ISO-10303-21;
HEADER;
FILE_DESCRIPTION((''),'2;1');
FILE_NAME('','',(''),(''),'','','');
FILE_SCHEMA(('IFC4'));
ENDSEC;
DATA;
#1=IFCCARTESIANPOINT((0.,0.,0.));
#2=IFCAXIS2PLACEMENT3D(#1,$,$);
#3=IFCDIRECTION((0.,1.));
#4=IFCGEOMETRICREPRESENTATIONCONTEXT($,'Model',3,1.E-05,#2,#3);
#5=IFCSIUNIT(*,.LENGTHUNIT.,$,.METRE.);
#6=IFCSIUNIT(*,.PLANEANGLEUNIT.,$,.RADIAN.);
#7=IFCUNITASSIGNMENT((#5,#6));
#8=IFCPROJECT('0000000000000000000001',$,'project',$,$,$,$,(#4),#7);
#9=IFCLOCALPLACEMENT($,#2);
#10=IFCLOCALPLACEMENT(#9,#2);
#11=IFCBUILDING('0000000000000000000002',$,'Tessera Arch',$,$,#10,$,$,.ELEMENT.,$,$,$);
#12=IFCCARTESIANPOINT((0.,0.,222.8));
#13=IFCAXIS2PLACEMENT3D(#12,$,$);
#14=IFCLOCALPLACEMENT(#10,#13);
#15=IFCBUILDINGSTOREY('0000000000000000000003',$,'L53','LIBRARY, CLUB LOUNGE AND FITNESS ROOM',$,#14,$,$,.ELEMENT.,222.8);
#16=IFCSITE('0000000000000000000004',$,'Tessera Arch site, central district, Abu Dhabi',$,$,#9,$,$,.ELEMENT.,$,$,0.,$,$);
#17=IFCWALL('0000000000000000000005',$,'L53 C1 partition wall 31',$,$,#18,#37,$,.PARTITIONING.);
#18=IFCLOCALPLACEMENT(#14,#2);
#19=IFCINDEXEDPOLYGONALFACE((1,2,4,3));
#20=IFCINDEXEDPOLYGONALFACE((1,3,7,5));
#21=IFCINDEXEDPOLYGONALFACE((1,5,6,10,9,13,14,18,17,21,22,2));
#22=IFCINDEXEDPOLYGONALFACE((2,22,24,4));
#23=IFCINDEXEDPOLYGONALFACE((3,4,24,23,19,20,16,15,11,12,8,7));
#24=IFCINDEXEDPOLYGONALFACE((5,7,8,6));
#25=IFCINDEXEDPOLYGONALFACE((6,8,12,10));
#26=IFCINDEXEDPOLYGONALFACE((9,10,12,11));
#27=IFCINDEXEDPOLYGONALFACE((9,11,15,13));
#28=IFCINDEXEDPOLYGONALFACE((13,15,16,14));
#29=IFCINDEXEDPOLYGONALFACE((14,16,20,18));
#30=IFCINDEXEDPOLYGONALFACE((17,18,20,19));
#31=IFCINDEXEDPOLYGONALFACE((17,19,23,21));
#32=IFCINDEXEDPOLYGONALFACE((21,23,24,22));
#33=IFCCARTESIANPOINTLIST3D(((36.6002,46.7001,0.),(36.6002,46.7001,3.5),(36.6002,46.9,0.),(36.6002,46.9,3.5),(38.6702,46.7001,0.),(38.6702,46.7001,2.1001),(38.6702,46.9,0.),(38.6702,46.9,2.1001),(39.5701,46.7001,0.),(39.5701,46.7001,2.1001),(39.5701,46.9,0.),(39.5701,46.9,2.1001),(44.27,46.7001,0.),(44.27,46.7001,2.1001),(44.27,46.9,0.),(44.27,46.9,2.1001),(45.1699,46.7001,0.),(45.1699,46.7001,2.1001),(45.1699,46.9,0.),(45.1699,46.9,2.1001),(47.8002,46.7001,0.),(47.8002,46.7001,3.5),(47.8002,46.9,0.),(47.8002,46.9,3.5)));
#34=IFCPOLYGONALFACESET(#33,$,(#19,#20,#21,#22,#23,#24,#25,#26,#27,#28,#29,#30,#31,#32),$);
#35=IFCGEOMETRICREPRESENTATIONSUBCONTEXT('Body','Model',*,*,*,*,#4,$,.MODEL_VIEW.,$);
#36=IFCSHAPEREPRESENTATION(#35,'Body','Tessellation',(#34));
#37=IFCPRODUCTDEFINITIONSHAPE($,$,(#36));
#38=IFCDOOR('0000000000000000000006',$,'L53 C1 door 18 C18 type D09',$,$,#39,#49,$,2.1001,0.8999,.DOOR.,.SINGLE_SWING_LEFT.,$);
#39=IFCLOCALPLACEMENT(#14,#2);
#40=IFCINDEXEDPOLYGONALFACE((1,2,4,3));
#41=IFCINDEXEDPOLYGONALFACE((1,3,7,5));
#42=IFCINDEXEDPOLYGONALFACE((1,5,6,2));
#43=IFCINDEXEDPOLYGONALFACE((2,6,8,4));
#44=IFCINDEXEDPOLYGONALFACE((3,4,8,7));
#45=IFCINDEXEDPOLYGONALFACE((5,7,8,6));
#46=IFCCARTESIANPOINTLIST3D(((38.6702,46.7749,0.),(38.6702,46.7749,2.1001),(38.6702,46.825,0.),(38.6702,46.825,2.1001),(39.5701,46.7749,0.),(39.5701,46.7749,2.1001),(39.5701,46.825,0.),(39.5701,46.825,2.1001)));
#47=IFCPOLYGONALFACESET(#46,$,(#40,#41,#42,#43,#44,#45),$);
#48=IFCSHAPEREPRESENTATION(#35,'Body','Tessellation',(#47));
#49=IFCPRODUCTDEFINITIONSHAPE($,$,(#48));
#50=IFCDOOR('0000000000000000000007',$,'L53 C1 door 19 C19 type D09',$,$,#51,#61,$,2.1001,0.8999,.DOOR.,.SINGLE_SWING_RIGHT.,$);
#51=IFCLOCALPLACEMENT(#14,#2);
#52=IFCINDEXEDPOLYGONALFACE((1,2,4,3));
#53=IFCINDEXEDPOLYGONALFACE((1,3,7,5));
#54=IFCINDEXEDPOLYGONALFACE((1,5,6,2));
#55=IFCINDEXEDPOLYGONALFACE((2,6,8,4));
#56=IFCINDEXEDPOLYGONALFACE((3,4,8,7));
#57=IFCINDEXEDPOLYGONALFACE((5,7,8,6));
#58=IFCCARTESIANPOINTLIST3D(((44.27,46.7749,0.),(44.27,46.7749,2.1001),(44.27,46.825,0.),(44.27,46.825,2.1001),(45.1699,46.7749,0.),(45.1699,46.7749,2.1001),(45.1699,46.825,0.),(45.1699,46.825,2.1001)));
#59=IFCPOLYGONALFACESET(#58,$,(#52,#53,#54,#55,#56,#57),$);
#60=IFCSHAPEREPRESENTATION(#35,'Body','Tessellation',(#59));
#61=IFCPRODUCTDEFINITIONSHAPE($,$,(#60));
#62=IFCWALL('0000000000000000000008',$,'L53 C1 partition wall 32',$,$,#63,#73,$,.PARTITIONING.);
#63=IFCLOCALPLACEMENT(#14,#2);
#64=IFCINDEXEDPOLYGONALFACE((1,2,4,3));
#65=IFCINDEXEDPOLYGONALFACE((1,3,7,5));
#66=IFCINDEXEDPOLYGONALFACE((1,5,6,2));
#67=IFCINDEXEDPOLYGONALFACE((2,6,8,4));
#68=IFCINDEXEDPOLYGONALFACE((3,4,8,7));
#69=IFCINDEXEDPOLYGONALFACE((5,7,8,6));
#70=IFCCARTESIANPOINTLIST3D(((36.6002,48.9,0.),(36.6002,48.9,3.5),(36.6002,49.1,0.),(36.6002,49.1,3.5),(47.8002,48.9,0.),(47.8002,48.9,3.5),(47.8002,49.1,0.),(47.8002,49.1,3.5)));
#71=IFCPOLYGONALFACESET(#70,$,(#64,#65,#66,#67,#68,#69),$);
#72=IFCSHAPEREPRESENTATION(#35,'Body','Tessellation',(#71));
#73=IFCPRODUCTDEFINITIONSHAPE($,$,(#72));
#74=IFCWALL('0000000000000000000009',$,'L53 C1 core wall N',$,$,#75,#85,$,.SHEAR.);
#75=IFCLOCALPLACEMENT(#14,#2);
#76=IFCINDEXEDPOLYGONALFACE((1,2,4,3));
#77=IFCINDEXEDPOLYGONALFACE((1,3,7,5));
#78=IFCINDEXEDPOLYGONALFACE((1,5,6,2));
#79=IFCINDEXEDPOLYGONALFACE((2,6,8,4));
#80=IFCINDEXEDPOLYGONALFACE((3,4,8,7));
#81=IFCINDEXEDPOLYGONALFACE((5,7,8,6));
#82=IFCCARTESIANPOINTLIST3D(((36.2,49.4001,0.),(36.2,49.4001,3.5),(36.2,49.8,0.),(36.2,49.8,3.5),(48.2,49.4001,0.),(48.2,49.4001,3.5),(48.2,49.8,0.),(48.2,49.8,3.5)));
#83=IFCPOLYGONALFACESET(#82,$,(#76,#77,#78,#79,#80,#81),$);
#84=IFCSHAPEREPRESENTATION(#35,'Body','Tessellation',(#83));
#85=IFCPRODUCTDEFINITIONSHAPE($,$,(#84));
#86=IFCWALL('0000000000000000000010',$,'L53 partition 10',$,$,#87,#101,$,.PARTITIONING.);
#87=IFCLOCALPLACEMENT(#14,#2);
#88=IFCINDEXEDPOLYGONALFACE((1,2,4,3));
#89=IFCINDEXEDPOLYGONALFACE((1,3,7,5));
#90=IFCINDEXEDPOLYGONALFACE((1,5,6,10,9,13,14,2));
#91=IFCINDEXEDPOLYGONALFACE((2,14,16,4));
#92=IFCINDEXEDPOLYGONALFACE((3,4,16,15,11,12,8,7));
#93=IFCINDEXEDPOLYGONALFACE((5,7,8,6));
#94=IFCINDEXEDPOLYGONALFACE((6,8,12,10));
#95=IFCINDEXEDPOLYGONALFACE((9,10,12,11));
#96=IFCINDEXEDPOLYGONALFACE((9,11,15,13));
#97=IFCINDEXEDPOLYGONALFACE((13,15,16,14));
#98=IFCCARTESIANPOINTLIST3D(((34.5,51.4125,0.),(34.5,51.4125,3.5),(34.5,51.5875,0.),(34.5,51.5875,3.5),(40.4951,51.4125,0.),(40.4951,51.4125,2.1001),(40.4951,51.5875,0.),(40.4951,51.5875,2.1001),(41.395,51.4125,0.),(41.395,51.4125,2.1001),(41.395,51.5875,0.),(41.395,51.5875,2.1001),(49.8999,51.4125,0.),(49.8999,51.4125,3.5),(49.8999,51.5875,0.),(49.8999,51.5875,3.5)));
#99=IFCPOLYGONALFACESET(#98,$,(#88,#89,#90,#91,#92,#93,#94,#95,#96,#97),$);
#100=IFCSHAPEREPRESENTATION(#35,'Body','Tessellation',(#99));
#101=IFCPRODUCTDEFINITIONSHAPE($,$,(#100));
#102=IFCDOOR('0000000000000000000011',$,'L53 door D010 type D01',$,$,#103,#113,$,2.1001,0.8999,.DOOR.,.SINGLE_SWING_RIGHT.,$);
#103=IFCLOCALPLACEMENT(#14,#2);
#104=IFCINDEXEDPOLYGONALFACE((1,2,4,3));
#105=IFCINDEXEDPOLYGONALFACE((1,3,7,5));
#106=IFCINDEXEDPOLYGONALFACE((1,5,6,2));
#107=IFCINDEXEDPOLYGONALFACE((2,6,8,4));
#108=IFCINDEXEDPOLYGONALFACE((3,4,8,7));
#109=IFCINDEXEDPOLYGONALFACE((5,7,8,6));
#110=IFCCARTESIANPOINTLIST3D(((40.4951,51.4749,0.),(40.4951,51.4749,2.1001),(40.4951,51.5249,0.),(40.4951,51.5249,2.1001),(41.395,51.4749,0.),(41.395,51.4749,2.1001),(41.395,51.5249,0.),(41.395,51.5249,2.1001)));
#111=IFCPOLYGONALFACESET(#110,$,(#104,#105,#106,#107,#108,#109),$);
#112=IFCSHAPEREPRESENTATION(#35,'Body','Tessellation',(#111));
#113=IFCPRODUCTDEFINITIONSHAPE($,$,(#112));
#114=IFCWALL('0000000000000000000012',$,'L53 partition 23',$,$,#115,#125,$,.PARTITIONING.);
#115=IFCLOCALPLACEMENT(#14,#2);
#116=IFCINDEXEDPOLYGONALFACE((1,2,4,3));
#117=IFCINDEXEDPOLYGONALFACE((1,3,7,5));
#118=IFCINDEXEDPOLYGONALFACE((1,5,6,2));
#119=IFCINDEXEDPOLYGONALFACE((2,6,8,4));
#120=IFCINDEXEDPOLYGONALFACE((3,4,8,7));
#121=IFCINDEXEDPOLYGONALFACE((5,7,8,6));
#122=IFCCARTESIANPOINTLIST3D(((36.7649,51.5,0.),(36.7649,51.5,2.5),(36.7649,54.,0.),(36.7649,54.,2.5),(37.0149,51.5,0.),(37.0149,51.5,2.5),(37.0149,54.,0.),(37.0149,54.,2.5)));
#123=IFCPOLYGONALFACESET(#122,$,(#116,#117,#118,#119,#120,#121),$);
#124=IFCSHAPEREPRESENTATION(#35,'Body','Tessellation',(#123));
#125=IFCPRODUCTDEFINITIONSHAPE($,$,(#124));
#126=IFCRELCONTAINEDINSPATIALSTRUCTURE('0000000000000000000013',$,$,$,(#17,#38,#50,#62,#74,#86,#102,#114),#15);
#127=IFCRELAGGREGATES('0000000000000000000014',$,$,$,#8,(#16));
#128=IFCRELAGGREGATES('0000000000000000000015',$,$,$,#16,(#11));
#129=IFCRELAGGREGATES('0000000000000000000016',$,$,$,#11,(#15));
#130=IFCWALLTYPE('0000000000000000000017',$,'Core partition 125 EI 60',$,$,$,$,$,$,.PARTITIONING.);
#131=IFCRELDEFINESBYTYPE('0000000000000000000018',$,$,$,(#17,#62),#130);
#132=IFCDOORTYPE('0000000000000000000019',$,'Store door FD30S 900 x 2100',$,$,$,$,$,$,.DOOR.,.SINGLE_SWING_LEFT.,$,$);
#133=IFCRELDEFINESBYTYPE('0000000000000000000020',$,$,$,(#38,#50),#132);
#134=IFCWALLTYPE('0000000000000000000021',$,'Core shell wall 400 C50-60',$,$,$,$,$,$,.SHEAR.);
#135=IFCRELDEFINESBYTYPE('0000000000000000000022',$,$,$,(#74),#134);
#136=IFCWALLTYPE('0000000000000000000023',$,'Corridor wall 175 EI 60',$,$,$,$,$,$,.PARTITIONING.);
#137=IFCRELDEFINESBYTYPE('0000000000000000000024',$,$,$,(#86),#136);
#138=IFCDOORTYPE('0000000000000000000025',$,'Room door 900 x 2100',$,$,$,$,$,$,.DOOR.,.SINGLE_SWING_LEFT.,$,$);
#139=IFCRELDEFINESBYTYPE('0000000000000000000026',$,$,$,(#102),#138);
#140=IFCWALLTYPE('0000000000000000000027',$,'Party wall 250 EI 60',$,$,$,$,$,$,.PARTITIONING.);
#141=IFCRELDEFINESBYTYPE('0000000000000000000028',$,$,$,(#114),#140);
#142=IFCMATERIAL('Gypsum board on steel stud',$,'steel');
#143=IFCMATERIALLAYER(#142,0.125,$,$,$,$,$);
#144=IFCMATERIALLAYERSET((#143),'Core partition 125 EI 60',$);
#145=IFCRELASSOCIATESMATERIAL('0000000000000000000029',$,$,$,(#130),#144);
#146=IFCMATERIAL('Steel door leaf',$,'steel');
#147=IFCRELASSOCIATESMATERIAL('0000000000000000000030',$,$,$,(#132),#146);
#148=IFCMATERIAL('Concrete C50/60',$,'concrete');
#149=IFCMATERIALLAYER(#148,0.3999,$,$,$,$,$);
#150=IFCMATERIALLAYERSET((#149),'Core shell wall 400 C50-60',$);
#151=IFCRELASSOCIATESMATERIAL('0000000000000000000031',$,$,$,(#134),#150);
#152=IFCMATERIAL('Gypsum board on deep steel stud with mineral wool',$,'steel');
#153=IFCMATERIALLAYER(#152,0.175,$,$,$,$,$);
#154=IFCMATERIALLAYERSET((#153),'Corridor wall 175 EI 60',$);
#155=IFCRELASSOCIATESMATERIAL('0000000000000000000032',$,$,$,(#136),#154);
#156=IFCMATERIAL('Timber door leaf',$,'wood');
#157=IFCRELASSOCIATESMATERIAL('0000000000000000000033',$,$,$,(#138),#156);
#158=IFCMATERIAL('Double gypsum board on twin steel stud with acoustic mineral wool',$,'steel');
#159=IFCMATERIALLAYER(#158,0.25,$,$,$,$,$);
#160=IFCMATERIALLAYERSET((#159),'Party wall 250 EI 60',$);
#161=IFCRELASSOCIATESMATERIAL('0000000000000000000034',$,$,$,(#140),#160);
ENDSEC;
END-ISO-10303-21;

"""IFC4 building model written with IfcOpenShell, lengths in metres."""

from ifc_helpers import new_model, si_unit, direction, frame, frame_2d, origin, place, context, subcontext, project, spatial, rectangle, extrude, material, layer, layer_set, type_object, element, fill, save


model = new_model("IFC4")

# Units and contexts
model_context = context("Model", 3, precision=1e-05, world=origin(), true_north=direction((0.0, 1.0)))
body_context = subcontext(model_context, "Body", "Model", "MODEL_VIEW")
ifc_project = project(units=[si_unit("LENGTHUNIT", "METRE"), si_unit("PLANEANGLEUNIT", "RADIAN")], contexts=[model_context])

# Site, building, storey
site_placement = place(None, origin())
site = spatial("IfcSite", under=ifc_project, at=site_placement, Name="Tessera Arch site, central district, Abu Dhabi", CompositionType="ELEMENT", RefElevation=0.0)
building_placement = place(site_placement, origin())
building = spatial("IfcBuilding", under=site, at=building_placement, Name="Tessera Arch", CompositionType="ELEMENT")
storey_placement = place(building_placement, frame((0.0, 0.0, 222.8)))
storey = spatial("IfcBuildingStorey", under=building, at=storey_placement, Name="L53", Description="LIBRARY, CLUB LOUNGE AND FITNESS ROOM", CompositionType="ELEMENT", Elevation=222.8)

# Wall, openings, doors
ifc_material_1 = material(Name="Gypsum board on steel stud", Category="steel")
ifc_layer_1 = layer(ifc_material_1, 0.125)
ifc_layer_set_1 = layer_set([ifc_layer_1], Name="Core partition 125 EI 60")
wall_type_1 = type_object("IfcWallType", Name="Core partition 125 EI 60", PredefinedType="PARTITIONING", material=ifc_layer_set_1)
wall_1_placement = place(storey_placement, frame((36.6001, 46.8, 0.0), z_axis=(0.0, 0.0, 1.0), x_axis=(1.0, 0.0, 0.0)))
wall_1 = element("IfcWall", 1, at=wall_1_placement, inside=storey, type_object=wall_type_1, Name="L53 C1 partition wall 31", PredefinedType="PARTITIONING", context=body_context, shape_type="SweptSolid", body=[
    extrude(rectangle(XDim=11.2, YDim=0.2, at=frame_2d((5.6001, 0.0))), origin(), (0.0, 0.0, 1.0), 3.5),
])
opening_1_placement = place(wall_1_placement, frame((2.0701, 0.0, 0.0)))
opening_1 = element("IfcOpeningElement", 2, at=opening_1_placement, cuts=wall_1, PredefinedType="OPENING", context=body_context, shape_type="SweptSolid", body=[
    extrude(rectangle(XDim=0.8999, YDim=2.1001, at=frame_2d((0.45, 1.05))), frame((0.0, 0.1099, 0.0), z_axis=(0.0, -1.0, 0.0), x_axis=(1.0, 0.0, 0.0)), (0.0, 0.0, 1.0), 0.22),
])
opening_2_placement = place(wall_1_placement, frame((7.6699, 0.0, 0.0)))
opening_2 = element("IfcOpeningElement", 3, at=opening_2_placement, cuts=wall_1, PredefinedType="OPENING", context=body_context, shape_type="SweptSolid", body=[
    extrude(rectangle(XDim=0.8999, YDim=2.1001, at=frame_2d((0.45, 1.05))), frame((0.0, 0.1099, 0.0), z_axis=(0.0, -1.0, 0.0), x_axis=(1.0, 0.0, 0.0)), (0.0, 0.0, 1.0), 0.22),
])
ifc_material_2 = material(Name="Steel door leaf", Category="steel")
door_type_1 = type_object("IfcDoorType", Name="Store door FD30S 900 x 2100", OperationType="SINGLE_SWING_LEFT", PredefinedType="DOOR", material=ifc_material_2)
door_1_placement = place(opening_1_placement, origin())
door_1 = element("IfcDoor", 4, at=door_1_placement, inside=storey, type_object=door_type_1, Name="L53 C1 door 18 C18 type D09", OperationType="SINGLE_SWING_LEFT", OverallHeight=2.1001, OverallWidth=0.8999, PredefinedType="DOOR", context=body_context, shape_type="SweptSolid", body=[
    extrude(rectangle(XDim=0.8999, YDim=2.1001, at=frame_2d((0.45, 1.05))), frame((0.0, 0.0249, 0.0), z_axis=(0.0, -1.0, 0.0), x_axis=(1.0, 0.0, 0.0)), (0.0, 0.0, 1.0), 0.05),
])
fill(opening_1, door_1)
door_2_placement = place(opening_2_placement, origin())
door_2 = element("IfcDoor", 5, at=door_2_placement, inside=storey, type_object=door_type_1, Name="L53 C1 door 19 C19 type D09", OperationType="SINGLE_SWING_RIGHT", OverallHeight=2.1001, OverallWidth=0.8999, PredefinedType="DOOR", context=body_context, shape_type="SweptSolid", body=[
    extrude(rectangle(XDim=0.8999, YDim=2.1001, at=frame_2d((0.45, 1.05))), frame((0.0, 0.0249, 0.0), z_axis=(0.0, -1.0, 0.0), x_axis=(1.0, 0.0, 0.0)), (0.0, 0.0, 1.0), 0.05),
])
fill(opening_2, door_2)

# Walls
wall_2_placement = place(storey_placement, frame((36.6001, 49.0, 0.0), z_axis=(0.0, 0.0, 1.0), x_axis=(1.0, 0.0, 0.0)))
element("IfcWall", 6, at=wall_2_placement, inside=storey, type_object=wall_type_1, Name="L53 C1 partition wall 32", PredefinedType="PARTITIONING", context=body_context, shape_type="SweptSolid", body=[
    extrude(rectangle(XDim=11.2, YDim=0.2, at=frame_2d((5.6001, 0.0))), origin(), (0.0, 0.0, 1.0), 3.5),
])
ifc_material_3 = material(Name="Concrete C50/60", Category="concrete")
ifc_layer_2 = layer(ifc_material_3, 0.3999)
ifc_layer_set_2 = layer_set([ifc_layer_2], Name="Core shell wall 400 C50-60")
wall_type_2 = type_object("IfcWallType", Name="Core shell wall 400 C50-60", PredefinedType="SHEAR", material=ifc_layer_set_2)
wall_3_placement = place(storey_placement, frame((36.2, 49.6001, 0.0), z_axis=(0.0, 0.0, 1.0), x_axis=(1.0, 0.0, 0.0)))
element("IfcWall", 7, at=wall_3_placement, inside=storey, type_object=wall_type_2, Name="L53 C1 core wall N", PredefinedType="SHEAR", context=body_context, shape_type="SweptSolid", body=[
    extrude(rectangle(XDim=12.0, YDim=0.3999, at=frame_2d((6.0, 0.0))), origin(), (0.0, 0.0, 1.0), 3.5),
])

# Wall, opening, door
ifc_material_4 = material(Name="Gypsum board on deep steel stud with mineral wool", Category="steel")
ifc_layer_3 = layer(ifc_material_4, 0.175)
ifc_layer_set_3 = layer_set([ifc_layer_3], Name="Corridor wall 175 EI 60")
wall_type_3 = type_object("IfcWallType", Name="Corridor wall 175 EI 60", PredefinedType="PARTITIONING", material=ifc_layer_set_3)
wall_4_placement = place(storey_placement, frame((34.5, 51.5, 0.0), z_axis=(0.0, 0.0, 1.0), x_axis=(1.0, 0.0, 0.0)))
wall_4 = element("IfcWall", 8, at=wall_4_placement, inside=storey, type_object=wall_type_3, Name="L53 partition 10", PredefinedType="PARTITIONING", context=body_context, shape_type="SweptSolid", body=[
    extrude(rectangle(XDim=15.3999, YDim=0.175, at=frame_2d((7.7, 0.0))), origin(), (0.0, 0.0, 1.0), 3.5),
])
opening_3_placement = place(wall_4_placement, frame((5.9951, 0.0, 0.0)))
opening_3 = element("IfcOpeningElement", 9, at=opening_3_placement, cuts=wall_4, PredefinedType="OPENING", context=body_context, shape_type="SweptSolid", body=[
    extrude(rectangle(XDim=0.8999, YDim=2.1001, at=frame_2d((0.45, 1.05))), frame((0.0, 0.0974, 0.0), z_axis=(0.0, -1.0, 0.0), x_axis=(1.0, 0.0, 0.0)), (0.0, 0.0, 1.0), 0.1951),
])
ifc_material_5 = material(Name="Timber door leaf", Category="wood")
door_type_2 = type_object("IfcDoorType", Name="Room door 900 x 2100", OperationType="SINGLE_SWING_LEFT", PredefinedType="DOOR", material=ifc_material_5)
door_3_placement = place(opening_3_placement, origin())
door_3 = element("IfcDoor", 10, at=door_3_placement, inside=storey, type_object=door_type_2, Name="L53 door D010 type D01", OperationType="SINGLE_SWING_RIGHT", OverallHeight=2.1001, OverallWidth=0.8999, PredefinedType="DOOR", context=body_context, shape_type="SweptSolid", body=[
    extrude(rectangle(XDim=0.8999, YDim=2.1001, at=frame_2d((0.45, 1.05))), frame((0.0, 0.0249, 0.0), z_axis=(0.0, -1.0, 0.0), x_axis=(1.0, 0.0, 0.0)), (0.0, 0.0, 1.0), 0.05),
])
fill(opening_3, door_3)

# Wall
ifc_material_6 = material(Name="Double gypsum board on twin steel stud with acoustic mineral wool", Category="steel")
ifc_layer_4 = layer(ifc_material_6, 0.25)
ifc_layer_set_4 = layer_set([ifc_layer_4], Name="Party wall 250 EI 60")
wall_type_4 = type_object("IfcWallType", Name="Party wall 250 EI 60", PredefinedType="PARTITIONING", material=ifc_layer_set_4)
wall_5_placement = place(storey_placement, frame((36.8899, 51.5, 0.0), z_axis=(0.0, 0.0, 1.0), x_axis=(0.0, 1.0, 0.0)))
element("IfcWall", 11, at=wall_5_placement, inside=storey, type_object=wall_type_4, Name="L53 partition 23", PredefinedType="PARTITIONING", context=body_context, shape_type="SweptSolid", body=[
    extrude(rectangle(XDim=2.5, YDim=0.25, at=frame_2d((1.25, 0.0))), origin(), (0.0, 0.0, 1.0), 2.5),
])

save(model, "model.ifc")
